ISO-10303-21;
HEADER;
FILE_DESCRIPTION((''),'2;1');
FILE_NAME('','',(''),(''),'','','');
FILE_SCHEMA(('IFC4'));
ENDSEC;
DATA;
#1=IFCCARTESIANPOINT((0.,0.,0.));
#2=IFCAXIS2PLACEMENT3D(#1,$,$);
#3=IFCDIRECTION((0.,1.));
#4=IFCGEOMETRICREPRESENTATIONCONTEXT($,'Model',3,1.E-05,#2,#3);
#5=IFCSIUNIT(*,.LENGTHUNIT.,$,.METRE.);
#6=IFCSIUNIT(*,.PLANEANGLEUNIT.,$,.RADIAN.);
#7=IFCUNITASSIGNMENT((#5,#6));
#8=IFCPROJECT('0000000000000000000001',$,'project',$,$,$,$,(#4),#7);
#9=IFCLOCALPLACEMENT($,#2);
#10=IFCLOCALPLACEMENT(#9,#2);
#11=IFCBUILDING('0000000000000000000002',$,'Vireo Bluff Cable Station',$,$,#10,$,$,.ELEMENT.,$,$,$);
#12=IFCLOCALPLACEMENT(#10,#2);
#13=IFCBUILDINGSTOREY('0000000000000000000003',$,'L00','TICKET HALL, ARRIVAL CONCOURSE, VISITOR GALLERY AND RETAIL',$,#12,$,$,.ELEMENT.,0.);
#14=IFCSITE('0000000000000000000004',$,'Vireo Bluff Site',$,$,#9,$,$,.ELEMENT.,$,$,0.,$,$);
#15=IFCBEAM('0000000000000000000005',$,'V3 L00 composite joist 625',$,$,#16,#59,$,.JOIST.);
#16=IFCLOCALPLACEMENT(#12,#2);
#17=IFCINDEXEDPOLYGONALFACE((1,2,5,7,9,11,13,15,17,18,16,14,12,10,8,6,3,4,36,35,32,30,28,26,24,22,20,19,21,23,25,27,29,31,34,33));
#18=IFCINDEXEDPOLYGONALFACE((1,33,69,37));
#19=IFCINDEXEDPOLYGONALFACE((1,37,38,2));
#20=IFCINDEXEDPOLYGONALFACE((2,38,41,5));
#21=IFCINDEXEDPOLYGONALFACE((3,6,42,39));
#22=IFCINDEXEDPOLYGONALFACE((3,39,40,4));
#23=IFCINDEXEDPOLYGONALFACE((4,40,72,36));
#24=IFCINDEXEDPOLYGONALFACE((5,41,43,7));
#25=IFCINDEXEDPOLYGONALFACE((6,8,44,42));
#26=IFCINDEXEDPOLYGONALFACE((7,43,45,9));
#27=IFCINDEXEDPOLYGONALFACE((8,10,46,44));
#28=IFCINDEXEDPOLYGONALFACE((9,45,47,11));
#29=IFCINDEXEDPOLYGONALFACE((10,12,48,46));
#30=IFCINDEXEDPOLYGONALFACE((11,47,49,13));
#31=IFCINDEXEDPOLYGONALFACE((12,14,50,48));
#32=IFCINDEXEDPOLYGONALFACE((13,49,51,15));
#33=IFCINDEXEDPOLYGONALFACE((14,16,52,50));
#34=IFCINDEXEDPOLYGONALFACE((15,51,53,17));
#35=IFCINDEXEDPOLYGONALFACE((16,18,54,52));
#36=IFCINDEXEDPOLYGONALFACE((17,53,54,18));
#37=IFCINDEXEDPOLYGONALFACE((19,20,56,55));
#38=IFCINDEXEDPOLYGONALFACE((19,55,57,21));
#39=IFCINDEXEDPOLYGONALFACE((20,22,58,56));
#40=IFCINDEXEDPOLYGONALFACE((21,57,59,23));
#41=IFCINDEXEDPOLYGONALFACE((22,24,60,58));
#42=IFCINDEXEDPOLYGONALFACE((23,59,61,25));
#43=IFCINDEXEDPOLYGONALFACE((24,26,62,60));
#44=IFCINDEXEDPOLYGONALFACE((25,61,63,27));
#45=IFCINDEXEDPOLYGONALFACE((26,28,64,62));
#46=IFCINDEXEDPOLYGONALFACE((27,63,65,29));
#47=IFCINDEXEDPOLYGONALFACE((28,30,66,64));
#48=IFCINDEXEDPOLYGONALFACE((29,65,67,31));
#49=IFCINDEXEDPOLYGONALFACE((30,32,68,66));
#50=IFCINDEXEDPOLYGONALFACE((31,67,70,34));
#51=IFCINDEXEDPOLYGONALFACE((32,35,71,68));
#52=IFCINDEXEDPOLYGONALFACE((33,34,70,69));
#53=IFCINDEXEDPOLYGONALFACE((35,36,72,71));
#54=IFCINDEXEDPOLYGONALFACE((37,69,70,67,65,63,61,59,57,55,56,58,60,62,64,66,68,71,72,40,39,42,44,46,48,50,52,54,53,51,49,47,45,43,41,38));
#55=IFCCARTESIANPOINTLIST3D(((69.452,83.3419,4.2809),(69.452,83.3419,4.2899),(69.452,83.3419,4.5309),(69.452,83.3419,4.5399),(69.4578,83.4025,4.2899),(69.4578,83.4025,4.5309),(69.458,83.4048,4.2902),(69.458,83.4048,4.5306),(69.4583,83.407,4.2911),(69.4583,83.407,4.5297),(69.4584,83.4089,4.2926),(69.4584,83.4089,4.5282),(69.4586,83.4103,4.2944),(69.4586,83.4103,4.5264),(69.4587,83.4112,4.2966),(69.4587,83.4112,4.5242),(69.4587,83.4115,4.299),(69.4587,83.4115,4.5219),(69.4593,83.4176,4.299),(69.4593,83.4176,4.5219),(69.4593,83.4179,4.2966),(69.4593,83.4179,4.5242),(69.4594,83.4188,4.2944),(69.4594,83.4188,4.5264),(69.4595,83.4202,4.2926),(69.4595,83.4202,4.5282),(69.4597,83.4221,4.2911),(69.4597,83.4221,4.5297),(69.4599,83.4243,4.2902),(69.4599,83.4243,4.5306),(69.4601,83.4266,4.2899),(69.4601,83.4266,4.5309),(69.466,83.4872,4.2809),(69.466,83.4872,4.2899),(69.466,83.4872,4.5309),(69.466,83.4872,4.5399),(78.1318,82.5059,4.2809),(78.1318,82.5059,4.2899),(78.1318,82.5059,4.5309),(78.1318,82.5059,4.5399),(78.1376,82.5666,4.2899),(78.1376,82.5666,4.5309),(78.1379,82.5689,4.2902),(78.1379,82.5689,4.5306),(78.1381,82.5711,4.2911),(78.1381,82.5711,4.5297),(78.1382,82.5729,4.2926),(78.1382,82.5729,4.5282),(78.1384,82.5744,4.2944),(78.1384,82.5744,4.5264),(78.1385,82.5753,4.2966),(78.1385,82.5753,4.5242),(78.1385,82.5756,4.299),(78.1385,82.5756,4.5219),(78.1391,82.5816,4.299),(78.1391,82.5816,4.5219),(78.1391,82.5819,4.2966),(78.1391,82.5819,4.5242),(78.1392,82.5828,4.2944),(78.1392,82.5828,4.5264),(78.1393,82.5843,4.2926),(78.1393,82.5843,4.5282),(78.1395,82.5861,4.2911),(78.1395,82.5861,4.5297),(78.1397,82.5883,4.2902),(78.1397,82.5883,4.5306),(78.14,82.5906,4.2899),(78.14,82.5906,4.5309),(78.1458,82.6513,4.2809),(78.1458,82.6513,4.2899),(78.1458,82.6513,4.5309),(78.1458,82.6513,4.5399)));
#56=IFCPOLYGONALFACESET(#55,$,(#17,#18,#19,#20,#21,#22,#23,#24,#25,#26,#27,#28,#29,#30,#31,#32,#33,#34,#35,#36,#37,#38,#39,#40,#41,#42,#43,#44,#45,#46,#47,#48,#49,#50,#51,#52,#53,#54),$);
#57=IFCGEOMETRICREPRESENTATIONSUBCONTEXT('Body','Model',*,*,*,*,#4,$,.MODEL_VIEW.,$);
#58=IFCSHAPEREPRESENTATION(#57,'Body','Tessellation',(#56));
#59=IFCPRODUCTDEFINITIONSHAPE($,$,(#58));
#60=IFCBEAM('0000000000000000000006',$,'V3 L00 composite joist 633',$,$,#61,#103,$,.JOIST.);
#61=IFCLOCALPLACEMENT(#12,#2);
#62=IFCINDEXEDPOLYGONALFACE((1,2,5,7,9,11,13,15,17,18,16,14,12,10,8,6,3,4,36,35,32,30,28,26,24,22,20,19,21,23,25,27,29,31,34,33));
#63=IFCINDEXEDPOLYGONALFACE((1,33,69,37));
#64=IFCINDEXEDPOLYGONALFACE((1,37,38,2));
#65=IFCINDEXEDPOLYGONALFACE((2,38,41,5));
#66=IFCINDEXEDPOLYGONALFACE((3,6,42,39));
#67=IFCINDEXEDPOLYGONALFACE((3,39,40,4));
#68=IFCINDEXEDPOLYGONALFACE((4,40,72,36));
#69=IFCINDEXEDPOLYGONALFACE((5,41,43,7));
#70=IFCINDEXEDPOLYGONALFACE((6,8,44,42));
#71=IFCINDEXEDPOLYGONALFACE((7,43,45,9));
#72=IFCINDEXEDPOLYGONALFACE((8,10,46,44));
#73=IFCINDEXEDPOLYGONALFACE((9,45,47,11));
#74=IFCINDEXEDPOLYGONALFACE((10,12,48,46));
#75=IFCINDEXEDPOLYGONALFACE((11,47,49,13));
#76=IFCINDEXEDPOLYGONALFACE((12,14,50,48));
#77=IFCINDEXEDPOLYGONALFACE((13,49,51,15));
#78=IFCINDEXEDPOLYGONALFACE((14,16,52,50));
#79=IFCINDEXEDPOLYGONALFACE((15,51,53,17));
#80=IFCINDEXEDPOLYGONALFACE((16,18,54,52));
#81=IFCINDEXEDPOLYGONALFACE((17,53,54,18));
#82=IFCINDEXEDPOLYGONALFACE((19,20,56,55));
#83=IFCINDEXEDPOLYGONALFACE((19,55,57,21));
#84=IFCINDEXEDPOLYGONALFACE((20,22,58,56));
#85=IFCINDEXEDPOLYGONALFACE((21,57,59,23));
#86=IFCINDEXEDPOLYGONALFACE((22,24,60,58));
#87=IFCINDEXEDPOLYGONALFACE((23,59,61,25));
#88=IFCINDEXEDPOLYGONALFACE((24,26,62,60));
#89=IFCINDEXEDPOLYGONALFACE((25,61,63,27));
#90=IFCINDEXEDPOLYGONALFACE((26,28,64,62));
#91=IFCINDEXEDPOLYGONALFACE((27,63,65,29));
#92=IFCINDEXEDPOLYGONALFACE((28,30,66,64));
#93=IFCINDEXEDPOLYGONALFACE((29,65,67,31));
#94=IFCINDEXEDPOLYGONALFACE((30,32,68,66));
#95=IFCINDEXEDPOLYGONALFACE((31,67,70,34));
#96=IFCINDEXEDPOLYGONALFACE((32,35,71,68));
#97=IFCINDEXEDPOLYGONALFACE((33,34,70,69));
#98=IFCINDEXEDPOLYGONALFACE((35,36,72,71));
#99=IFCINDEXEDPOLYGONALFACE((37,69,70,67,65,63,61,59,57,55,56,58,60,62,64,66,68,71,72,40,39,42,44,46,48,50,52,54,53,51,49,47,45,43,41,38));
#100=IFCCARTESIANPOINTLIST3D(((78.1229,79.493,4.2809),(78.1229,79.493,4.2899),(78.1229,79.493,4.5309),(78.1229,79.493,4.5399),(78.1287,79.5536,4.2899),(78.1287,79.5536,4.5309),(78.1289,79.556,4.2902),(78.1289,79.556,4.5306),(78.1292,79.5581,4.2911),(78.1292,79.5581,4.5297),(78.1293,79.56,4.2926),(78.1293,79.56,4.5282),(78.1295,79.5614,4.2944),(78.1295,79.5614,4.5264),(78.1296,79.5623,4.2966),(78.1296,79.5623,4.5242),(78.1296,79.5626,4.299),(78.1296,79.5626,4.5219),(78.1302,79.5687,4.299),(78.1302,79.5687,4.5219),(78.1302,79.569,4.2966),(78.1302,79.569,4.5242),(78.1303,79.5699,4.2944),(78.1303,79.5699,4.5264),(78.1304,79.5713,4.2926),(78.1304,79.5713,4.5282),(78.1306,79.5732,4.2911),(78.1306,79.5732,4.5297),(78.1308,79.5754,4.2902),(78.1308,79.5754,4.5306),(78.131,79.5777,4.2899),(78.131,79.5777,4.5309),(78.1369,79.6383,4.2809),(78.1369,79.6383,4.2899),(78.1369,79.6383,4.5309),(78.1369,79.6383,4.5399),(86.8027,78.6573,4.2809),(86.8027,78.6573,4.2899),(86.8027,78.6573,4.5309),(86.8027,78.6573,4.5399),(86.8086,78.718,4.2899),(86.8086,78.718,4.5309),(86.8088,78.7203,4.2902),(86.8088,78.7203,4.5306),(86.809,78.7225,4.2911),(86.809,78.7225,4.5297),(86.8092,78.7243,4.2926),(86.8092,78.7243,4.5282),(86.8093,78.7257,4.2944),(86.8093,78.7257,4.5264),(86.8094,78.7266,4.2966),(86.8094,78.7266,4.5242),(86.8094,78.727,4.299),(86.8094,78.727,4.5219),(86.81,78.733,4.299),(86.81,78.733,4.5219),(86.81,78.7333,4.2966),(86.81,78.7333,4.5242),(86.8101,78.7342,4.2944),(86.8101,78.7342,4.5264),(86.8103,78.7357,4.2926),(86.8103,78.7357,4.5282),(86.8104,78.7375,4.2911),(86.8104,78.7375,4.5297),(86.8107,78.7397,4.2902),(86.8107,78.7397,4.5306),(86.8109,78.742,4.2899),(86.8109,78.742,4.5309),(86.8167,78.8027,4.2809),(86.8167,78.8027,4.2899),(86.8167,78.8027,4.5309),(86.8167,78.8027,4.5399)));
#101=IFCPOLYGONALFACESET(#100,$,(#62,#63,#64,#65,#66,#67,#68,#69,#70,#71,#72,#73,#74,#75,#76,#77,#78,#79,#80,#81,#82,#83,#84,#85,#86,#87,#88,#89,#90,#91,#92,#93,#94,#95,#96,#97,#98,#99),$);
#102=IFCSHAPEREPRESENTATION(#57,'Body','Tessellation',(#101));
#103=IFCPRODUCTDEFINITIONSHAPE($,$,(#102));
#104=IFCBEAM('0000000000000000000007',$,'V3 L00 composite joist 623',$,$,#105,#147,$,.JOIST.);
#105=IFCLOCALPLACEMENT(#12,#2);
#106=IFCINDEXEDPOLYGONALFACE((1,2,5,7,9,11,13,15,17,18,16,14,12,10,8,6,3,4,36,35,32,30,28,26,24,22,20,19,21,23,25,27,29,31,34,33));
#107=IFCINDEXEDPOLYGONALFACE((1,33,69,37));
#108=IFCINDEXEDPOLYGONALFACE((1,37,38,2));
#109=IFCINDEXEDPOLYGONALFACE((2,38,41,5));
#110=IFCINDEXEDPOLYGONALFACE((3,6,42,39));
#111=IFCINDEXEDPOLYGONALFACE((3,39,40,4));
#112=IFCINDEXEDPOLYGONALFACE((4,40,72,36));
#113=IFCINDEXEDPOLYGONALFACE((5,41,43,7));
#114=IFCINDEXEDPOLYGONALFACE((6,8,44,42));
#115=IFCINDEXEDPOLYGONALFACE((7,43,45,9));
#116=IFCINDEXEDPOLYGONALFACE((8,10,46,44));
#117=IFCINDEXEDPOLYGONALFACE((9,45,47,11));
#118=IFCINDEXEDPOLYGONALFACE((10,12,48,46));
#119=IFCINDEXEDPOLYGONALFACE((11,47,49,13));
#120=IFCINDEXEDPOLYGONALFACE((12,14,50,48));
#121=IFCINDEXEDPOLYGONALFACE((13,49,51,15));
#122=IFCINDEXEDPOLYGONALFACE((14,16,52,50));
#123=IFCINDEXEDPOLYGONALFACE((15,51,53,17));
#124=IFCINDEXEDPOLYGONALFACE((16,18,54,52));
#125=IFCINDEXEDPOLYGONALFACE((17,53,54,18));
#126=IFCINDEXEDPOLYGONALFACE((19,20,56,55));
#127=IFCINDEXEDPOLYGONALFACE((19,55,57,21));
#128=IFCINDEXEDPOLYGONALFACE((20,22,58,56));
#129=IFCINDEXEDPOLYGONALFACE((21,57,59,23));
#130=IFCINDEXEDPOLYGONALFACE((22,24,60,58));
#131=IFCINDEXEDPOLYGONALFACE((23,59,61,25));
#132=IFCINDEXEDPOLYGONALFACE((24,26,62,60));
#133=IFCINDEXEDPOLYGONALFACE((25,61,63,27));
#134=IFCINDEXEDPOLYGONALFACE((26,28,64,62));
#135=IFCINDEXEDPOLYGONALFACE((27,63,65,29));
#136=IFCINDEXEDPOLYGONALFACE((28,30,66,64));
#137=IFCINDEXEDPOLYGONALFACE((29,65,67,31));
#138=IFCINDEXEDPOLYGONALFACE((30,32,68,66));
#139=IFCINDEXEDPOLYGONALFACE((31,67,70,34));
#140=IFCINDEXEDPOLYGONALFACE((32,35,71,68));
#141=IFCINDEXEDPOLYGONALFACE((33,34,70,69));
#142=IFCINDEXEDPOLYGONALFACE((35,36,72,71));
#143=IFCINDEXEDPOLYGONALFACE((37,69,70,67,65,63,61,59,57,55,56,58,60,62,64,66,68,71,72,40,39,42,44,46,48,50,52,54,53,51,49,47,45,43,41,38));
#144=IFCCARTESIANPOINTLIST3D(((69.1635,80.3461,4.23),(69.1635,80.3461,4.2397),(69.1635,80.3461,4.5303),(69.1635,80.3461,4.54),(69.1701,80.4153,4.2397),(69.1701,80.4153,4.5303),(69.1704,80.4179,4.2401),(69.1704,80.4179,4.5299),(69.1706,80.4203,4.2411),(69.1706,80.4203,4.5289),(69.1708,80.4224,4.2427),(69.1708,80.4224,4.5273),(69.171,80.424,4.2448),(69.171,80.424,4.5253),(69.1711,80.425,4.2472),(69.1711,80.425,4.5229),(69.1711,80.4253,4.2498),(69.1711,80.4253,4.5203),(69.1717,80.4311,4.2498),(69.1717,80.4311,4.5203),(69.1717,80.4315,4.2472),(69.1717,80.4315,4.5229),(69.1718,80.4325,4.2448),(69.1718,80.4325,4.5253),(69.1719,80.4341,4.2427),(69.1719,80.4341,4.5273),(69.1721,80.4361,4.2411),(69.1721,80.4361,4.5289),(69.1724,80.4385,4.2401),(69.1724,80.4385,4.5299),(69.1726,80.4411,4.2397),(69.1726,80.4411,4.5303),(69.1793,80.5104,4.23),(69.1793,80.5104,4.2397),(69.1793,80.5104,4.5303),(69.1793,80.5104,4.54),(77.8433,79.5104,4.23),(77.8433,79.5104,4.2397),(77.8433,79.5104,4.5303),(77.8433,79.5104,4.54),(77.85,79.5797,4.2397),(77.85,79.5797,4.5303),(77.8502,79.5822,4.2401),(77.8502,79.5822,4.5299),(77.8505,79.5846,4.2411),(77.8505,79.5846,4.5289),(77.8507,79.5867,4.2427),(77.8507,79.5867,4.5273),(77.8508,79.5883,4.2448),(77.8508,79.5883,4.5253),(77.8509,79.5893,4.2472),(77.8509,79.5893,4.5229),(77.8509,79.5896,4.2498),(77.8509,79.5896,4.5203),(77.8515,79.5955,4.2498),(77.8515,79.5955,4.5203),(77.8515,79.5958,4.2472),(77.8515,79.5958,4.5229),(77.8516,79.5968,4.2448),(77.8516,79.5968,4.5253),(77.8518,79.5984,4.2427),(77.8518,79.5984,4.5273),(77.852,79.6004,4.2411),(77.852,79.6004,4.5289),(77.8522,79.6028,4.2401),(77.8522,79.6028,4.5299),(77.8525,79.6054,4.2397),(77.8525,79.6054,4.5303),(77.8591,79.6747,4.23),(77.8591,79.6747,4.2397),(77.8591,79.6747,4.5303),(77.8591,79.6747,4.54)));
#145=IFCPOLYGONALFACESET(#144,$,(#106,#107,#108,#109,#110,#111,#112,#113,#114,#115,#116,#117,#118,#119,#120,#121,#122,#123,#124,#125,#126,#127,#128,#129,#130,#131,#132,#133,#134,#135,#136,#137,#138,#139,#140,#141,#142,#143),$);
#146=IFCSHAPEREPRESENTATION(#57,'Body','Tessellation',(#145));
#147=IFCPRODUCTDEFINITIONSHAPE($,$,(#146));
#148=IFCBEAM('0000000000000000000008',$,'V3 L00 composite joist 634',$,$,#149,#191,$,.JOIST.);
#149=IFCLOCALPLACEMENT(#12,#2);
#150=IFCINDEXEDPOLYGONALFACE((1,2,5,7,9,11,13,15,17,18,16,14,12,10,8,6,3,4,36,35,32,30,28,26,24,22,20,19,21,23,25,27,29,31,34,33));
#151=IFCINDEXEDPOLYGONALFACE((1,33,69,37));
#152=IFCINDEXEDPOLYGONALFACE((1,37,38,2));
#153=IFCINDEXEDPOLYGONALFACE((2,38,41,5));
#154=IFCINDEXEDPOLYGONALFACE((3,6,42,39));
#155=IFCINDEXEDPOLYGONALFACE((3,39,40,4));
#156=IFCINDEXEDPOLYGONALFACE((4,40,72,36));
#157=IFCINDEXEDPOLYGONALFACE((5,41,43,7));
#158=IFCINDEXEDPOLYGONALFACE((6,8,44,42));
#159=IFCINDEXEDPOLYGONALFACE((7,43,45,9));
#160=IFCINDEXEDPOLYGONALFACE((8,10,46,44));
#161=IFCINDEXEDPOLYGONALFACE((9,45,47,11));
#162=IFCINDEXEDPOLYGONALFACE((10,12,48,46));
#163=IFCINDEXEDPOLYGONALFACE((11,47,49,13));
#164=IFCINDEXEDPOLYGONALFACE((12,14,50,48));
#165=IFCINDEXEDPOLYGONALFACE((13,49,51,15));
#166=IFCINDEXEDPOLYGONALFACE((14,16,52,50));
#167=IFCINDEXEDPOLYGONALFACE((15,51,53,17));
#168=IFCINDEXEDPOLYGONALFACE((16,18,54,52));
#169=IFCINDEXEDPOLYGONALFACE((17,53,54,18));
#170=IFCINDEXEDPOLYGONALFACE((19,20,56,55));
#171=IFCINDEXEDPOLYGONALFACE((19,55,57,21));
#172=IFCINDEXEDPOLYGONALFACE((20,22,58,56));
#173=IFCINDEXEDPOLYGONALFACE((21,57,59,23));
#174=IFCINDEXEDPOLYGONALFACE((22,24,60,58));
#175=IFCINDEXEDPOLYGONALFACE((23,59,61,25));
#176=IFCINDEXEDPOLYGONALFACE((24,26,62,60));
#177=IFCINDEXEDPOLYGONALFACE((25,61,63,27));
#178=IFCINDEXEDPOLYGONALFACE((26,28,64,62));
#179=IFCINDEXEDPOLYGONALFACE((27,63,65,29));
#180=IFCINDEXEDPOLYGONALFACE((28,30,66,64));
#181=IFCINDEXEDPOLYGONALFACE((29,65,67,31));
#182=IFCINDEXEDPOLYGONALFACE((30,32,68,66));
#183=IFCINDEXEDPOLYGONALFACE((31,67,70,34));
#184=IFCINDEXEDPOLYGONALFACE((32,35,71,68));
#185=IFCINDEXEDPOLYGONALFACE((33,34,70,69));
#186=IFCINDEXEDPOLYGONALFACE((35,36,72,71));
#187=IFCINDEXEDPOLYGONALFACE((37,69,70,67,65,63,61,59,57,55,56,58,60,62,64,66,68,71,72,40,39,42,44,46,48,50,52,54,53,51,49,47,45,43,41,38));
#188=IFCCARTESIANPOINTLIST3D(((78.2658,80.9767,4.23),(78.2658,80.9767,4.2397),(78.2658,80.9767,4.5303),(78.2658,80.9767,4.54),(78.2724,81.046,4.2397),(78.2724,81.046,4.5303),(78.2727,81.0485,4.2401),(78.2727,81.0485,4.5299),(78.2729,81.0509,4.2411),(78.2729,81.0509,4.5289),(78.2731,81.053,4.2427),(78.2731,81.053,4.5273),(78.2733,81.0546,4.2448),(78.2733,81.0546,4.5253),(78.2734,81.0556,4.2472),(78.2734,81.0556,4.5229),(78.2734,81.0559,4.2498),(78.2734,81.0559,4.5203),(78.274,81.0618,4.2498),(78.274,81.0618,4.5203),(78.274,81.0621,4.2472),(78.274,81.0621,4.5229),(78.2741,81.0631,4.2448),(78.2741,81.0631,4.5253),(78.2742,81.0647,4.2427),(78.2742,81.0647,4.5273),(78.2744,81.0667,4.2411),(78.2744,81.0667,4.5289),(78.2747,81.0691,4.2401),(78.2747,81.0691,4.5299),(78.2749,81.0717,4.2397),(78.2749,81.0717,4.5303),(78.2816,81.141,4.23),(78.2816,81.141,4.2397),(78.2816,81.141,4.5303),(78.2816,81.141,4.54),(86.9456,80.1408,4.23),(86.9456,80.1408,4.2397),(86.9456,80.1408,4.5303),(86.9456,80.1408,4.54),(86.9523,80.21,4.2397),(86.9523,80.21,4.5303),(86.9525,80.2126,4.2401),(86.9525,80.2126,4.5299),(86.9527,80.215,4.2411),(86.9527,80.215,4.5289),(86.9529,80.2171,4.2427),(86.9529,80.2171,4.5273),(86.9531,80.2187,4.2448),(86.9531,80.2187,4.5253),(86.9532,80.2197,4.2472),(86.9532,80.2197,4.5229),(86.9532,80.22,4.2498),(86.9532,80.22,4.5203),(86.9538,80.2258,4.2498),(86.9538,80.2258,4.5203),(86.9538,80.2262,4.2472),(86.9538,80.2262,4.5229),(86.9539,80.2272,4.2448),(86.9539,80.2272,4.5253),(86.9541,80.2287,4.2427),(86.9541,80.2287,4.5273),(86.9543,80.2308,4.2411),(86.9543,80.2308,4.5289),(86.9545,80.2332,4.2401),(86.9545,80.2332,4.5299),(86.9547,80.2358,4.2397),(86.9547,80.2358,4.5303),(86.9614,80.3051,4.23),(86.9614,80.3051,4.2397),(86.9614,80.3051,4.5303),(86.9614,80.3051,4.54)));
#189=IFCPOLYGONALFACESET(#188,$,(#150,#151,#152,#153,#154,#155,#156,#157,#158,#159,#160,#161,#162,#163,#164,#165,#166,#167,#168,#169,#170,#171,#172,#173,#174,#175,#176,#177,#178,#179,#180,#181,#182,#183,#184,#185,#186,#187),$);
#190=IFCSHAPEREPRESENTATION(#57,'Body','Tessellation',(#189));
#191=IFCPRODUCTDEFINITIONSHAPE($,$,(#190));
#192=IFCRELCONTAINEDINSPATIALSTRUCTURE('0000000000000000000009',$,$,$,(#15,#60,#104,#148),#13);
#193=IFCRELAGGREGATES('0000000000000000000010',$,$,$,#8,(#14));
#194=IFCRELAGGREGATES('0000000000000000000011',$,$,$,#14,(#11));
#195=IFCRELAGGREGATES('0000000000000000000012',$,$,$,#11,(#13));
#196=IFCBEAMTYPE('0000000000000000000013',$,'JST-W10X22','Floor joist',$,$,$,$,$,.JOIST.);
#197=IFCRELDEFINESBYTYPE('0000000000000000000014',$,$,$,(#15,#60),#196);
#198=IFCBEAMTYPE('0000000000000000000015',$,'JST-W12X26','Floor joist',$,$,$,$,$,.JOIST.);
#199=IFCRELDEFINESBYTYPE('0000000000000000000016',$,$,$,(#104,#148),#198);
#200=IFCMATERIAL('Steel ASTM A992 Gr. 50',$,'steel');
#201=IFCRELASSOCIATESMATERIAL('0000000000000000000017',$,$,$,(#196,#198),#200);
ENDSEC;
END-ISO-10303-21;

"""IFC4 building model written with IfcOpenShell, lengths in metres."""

from ifc_helpers import new_model, si_unit, direction, frame, origin, origin_2d, place, context, subcontext, project, spatial, i_section, extrude, material, material_profile, profile_set, type_object, element, save


model = new_model("IFC4")

# Units and contexts
model_context = context("Model", 3, precision=1e-05, world=origin(), true_north=direction((0.0, 1.0)))
body_context = subcontext(model_context, "Body", "Model", "MODEL_VIEW")
ifc_project = project(units=[si_unit("LENGTHUNIT", "METRE"), si_unit("PLANEANGLEUNIT", "RADIAN")], contexts=[model_context])

# Site, building, storey
site_placement = place(None, origin())
site = spatial("IfcSite", under=ifc_project, at=site_placement, Name="Vireo Bluff Site", CompositionType="ELEMENT", RefElevation=0.0)
building_placement = place(site_placement, origin())
building = spatial("IfcBuilding", under=site, at=building_placement, Name="Vireo Bluff Cable Station", CompositionType="ELEMENT")
storey_placement = place(building_placement, origin())
storey = spatial("IfcBuildingStorey", under=building, at=storey_placement, Name="L00", Description="TICKET HALL, ARRIVAL CONCOURSE, VISITOR GALLERY AND RETAIL", CompositionType="ELEMENT", Elevation=0.0)

# Beams
ifc_material_1 = material(Name="Steel ASTM A992 Gr. 50", Category="steel")
ifc_material_profile_1 = material_profile(ifc_material_1, i_section(OverallWidth=0.146, OverallDepth=0.259, WebThickness=0.0061, FlangeThickness=0.009, FilletRadius=0.009, at=origin_2d()), Name="W10X22")
ifc_profile_set_1 = profile_set([ifc_material_profile_1], Name="Steel ASTM A992 Gr. 50")
beam_type_1 = type_object("IfcBeamType", Name="JST-W10X22", Description="Floor joist", PredefinedType="JOIST", material=ifc_profile_set_1)
for number, where, z_axis, x_axis, name in (
    (1, (69.459, 83.4146, 4.4104), (0.995394, -0.095866, 0.0), (0.095866, 0.995394, 0.0), "V3 L00 composite joist 625"),
    (2, (78.1299, 79.5657, 4.4104), (0.995397, -0.095836, 0.0), (0.095836, 0.995397, 0.0), "V3 L00 composite joist 633"),
):
    element("IfcBeam", number, at=place(storey_placement, frame(where, z_axis=z_axis, x_axis=x_axis)), inside=storey, type_object=beam_type_1, Name=name, PredefinedType="JOIST", context=body_context, shape_type="SweptSolid", body=[
        extrude(i_section(OverallWidth=0.146, OverallDepth=0.259, WebThickness=0.0061, FlangeThickness=0.009, FilletRadius=0.009, at=origin_2d()), origin(), (0.0, 0.0, 1.0), 8.72),
    ])
ifc_material_profile_2 = material_profile(ifc_material_1, i_section(OverallWidth=0.165, OverallDepth=0.3101, WebThickness=0.0059, FlangeThickness=0.0098, FilletRadius=0.01, at=origin_2d()), Name="W12X26")
ifc_profile_set_2 = profile_set([ifc_material_profile_2], Name="Steel ASTM A992 Gr. 50")
beam_type_2 = type_object("IfcBeamType", Name="JST-W12X26", Description="Floor joist", PredefinedType="JOIST", material=ifc_profile_set_2)
for number, where, z_axis, x_axis, name in (
    (3, (69.1714, 80.4282, 4.385), (0.995397, -0.095836, 0.0), (0.095836, 0.995397, 0.0), "V3 L00 composite joist 623"),
    (4, (78.2737, 81.0588, 4.385), (0.995395, -0.095863, 0.0), (0.095863, 0.995395, 0.0), "V3 L00 composite joist 634"),
):
    element("IfcBeam", number, at=place(storey_placement, frame(where, z_axis=z_axis, x_axis=x_axis)), inside=storey, type_object=beam_type_2, Name=name, PredefinedType="JOIST", context=body_context, shape_type="SweptSolid", body=[
        extrude(i_section(OverallWidth=0.165, OverallDepth=0.3101, WebThickness=0.0059, FlangeThickness=0.0098, FilletRadius=0.01, at=origin_2d()), origin(), (0.0, 0.0, 1.0), 8.72),
    ])

save(model, "model.ifc")
